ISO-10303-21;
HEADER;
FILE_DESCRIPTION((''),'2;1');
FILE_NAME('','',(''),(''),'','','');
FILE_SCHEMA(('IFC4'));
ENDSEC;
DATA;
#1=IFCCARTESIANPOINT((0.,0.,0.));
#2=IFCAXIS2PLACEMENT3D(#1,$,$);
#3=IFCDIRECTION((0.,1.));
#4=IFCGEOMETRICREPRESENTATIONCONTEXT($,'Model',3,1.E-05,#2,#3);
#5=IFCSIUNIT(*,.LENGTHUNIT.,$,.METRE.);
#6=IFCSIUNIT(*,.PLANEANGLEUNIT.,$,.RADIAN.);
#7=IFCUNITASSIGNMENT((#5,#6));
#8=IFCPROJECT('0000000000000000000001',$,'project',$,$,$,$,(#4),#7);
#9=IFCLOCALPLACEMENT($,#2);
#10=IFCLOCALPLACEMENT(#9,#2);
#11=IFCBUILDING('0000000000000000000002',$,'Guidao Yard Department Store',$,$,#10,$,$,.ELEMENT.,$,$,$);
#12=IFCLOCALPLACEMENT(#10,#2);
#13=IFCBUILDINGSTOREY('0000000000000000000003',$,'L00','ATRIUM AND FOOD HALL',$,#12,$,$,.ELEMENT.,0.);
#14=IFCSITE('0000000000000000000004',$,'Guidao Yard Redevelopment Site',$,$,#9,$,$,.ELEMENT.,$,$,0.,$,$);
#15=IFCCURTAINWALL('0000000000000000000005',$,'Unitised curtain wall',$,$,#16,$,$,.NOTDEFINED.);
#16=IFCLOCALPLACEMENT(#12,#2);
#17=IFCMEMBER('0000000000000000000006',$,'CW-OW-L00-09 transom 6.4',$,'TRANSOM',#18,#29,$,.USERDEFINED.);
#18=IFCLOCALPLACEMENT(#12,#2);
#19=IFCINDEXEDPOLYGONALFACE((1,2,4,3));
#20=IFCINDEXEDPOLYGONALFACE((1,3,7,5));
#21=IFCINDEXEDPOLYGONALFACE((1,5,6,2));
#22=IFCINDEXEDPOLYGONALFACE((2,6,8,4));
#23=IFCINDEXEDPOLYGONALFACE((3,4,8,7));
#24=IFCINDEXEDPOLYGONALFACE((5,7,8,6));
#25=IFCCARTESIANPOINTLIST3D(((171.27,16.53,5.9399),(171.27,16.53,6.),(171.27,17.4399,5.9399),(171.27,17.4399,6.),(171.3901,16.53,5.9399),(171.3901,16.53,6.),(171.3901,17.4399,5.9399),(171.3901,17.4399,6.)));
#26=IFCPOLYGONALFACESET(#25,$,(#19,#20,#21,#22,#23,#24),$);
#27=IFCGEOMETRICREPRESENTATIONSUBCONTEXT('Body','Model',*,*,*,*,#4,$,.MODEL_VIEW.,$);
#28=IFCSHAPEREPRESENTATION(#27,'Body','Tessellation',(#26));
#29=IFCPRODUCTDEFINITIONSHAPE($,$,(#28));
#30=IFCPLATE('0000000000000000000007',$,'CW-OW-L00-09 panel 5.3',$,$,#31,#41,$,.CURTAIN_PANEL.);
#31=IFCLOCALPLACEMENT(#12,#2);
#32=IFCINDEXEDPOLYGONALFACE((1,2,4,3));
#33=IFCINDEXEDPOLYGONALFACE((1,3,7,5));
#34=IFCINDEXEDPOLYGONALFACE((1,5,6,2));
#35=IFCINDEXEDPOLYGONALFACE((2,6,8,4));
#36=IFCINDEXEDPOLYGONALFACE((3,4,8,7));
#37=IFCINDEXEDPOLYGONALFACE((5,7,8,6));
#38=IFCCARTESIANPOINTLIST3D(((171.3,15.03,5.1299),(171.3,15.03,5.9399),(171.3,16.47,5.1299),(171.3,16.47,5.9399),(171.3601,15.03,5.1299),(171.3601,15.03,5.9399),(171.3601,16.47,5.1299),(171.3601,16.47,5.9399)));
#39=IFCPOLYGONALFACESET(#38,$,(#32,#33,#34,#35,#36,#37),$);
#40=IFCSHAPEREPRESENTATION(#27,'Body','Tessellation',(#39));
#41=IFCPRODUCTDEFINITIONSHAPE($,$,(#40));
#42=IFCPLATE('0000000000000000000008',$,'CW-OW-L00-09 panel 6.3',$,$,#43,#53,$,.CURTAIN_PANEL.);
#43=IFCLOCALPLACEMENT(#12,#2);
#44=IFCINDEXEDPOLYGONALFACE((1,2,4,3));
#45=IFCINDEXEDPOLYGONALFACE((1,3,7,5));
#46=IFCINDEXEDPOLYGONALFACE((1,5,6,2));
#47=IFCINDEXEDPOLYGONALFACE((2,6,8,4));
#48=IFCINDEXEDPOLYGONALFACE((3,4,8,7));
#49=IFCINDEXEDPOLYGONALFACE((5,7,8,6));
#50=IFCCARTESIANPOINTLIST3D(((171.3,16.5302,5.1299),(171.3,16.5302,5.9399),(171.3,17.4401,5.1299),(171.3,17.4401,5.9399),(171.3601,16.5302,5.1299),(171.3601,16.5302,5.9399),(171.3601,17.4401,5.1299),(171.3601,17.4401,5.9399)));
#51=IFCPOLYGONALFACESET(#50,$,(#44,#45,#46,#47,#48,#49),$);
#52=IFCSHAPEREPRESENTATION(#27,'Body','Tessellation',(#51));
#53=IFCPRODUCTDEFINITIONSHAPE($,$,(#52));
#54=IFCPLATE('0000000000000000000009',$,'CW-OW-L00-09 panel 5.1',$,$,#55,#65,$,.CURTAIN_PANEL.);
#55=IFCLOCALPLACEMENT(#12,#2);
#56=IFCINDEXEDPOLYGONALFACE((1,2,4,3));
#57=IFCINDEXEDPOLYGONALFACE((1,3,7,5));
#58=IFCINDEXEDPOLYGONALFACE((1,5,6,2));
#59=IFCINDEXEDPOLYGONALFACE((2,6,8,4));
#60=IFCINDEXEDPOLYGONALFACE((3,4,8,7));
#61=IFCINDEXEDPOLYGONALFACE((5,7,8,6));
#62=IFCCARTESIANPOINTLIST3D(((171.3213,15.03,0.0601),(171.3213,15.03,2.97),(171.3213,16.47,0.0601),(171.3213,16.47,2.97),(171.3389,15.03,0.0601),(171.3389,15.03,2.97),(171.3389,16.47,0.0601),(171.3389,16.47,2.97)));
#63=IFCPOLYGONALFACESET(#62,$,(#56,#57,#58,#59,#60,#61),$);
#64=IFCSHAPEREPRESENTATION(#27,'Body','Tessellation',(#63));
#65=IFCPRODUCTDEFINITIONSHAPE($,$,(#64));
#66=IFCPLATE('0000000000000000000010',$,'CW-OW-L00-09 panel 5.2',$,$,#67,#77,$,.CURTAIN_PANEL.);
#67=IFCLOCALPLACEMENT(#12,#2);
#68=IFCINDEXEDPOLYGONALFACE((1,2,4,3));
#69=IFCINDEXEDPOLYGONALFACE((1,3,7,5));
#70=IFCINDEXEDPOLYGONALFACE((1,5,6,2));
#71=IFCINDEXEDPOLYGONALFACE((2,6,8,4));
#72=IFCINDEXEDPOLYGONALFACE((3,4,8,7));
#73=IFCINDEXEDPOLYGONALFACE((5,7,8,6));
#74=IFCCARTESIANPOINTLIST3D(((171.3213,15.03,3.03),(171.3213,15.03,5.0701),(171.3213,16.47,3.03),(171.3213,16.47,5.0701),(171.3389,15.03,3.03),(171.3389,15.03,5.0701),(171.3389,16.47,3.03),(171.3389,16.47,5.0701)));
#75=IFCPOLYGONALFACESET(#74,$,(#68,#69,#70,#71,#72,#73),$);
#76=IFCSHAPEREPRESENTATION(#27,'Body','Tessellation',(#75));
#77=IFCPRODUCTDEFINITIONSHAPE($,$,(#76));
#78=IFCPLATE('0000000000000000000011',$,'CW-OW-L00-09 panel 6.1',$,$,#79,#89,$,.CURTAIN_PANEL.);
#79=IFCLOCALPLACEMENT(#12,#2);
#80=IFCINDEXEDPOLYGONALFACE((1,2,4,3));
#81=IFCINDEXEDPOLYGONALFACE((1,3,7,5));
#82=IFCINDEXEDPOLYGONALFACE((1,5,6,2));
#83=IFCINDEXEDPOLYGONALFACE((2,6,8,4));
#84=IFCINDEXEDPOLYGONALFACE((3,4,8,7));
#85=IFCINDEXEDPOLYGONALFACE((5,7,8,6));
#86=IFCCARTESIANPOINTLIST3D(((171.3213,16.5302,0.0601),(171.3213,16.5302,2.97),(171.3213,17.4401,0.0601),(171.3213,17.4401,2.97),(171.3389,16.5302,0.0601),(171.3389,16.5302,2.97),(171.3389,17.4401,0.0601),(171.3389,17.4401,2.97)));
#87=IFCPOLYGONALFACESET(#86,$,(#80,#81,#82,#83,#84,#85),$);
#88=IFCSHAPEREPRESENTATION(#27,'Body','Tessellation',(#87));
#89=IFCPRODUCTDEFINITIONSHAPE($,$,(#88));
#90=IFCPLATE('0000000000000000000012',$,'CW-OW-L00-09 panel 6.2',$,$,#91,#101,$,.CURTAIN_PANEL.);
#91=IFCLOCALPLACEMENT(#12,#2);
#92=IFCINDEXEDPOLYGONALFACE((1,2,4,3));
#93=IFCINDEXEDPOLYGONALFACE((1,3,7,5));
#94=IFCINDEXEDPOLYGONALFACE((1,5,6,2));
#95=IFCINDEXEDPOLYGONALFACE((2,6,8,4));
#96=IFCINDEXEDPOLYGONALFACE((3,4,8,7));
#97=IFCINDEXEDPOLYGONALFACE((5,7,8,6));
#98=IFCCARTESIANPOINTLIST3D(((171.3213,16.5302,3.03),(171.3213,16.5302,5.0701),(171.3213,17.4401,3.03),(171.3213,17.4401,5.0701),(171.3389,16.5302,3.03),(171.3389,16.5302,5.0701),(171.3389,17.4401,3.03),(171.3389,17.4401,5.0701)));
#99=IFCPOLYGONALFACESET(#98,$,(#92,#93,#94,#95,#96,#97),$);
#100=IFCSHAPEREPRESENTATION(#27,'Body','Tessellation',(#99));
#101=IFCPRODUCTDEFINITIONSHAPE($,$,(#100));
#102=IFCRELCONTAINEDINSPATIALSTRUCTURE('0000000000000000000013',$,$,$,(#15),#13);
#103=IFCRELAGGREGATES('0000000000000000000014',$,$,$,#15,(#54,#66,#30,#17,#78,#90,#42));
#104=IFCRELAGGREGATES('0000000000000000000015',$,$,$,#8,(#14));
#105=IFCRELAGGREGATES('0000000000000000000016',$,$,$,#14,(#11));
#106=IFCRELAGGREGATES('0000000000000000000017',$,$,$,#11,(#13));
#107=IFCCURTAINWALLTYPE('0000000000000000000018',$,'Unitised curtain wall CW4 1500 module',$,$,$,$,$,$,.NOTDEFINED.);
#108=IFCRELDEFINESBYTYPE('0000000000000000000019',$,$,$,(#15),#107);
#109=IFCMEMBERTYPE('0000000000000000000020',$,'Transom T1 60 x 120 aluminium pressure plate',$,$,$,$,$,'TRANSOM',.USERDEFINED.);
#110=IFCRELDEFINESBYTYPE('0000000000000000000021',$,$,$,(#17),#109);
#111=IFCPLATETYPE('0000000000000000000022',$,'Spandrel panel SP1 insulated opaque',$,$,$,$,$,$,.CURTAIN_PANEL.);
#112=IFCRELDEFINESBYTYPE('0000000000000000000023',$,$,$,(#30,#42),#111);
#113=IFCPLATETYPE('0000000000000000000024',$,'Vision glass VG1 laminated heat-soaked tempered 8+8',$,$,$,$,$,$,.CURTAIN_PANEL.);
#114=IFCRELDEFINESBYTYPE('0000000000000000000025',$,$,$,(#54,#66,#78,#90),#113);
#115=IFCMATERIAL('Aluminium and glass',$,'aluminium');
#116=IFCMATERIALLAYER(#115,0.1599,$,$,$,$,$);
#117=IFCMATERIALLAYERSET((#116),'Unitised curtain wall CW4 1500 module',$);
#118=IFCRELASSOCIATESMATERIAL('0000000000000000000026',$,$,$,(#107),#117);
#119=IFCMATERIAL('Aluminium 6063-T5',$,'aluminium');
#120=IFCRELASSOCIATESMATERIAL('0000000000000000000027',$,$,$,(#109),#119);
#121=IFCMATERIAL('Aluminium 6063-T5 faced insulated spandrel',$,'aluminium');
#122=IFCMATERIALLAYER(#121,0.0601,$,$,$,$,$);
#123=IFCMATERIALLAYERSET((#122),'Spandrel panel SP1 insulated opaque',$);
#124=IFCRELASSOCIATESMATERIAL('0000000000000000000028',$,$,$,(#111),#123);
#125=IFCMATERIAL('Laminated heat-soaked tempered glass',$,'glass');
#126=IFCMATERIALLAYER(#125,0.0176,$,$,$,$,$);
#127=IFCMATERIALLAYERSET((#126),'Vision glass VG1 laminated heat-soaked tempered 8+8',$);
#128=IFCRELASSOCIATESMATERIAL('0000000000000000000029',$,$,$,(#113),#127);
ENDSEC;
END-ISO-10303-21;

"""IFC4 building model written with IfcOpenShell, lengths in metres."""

from ifc_helpers import new_model, si_unit, direction, frame, origin, origin_2d, place, context, subcontext, project, spatial, rectangle, extrude, material, layer, layer_set, material_profile, profile_set, type_object, element, aggregate, save


model = new_model("IFC4")

# Units and contexts
model_context = context("Model", 3, precision=1e-05, world=origin(), true_north=direction((0.0, 1.0)))
body_context = subcontext(model_context, "Body", "Model", "MODEL_VIEW")
ifc_project = project(units=[si_unit("LENGTHUNIT", "METRE"), si_unit("PLANEANGLEUNIT", "RADIAN")], contexts=[model_context])

# Site, building, storey
site_placement = place(None, origin())
site = spatial("IfcSite", under=ifc_project, at=site_placement, Name="Guidao Yard Redevelopment Site", CompositionType="ELEMENT", RefElevation=0.0)
building_placement = place(site_placement, origin())
building = spatial("IfcBuilding", under=site, at=building_placement, Name="Guidao Yard Department Store", CompositionType="ELEMENT")
storey_placement = place(building_placement, origin())
storey = spatial("IfcBuildingStorey", under=building, at=storey_placement, Name="L00", Description="ATRIUM AND FOOD HALL", CompositionType="ELEMENT", Elevation=0.0)

# Curtain wall, member, plates
ifc_material_1 = material(Name="Aluminium and glass", Category="aluminium")
ifc_layer_1 = layer(ifc_material_1, 0.1599)
ifc_layer_set_1 = layer_set([ifc_layer_1], Name="Unitised curtain wall CW4 1500 module")
curtain_wall_type = type_object("IfcCurtainWallType", Name="Unitised curtain wall CW4 1500 module", PredefinedType="NOTDEFINED", material=ifc_layer_set_1)
curtain_wall_placement = place(storey_placement, origin())
curtain_wall = element("IfcCurtainWall", 1, at=curtain_wall_placement, inside=storey, type_object=curtain_wall_type, Name="Unitised curtain wall", PredefinedType="NOTDEFINED")
ifc_material_2 = material(Name="Aluminium 6063-T5", Category="aluminium")
ifc_material_profile_1 = material_profile(ifc_material_2, rectangle(XDim=0.1201, YDim=0.0601, at=origin_2d()), Name="Transom T1 60 x 120 aluminium pressure plate")
ifc_profile_set_1 = profile_set([ifc_material_profile_1], Name="Aluminium 6063-T5")
member_type_1 = type_object("IfcMemberType", Name="Transom T1 60 x 120 aluminium pressure plate", ElementType="TRANSOM", PredefinedType="USERDEFINED", material=ifc_profile_set_1)
member_1_placement = place(storey_placement, frame((171.3301, 17.4399, 5.97), z_axis=(0.0, -1.0, 0.0), x_axis=(1.0, 0.0, 0.0)))
member_1 = element("IfcMember", 2, at=member_1_placement, type_object=member_type_1, Name="CW-OW-L00-09 transom 6.4", ObjectType="TRANSOM", PredefinedType="USERDEFINED", context=body_context, shape_type="SweptSolid", body=[
    extrude(rectangle(XDim=0.1201, YDim=0.0601, at=origin_2d()), origin(), (0.0, 0.0, 1.0), 0.9099),
])
ifc_material_3 = material(Name="Aluminium 6063-T5 faced insulated spandrel", Category="aluminium")
ifc_layer_2 = layer(ifc_material_3, 0.0601)
ifc_layer_set_2 = layer_set([ifc_layer_2], Name="Spandrel panel SP1 insulated opaque")
plate_type_1 = type_object("IfcPlateType", Name="Spandrel panel SP1 insulated opaque", PredefinedType="CURTAIN_PANEL", material=ifc_layer_set_2)
plate_1_placement = place(storey_placement, frame((171.3301, 15.75, 5.1299), z_axis=(0.0, 0.0, 1.0), x_axis=(0.0, -1.0, 0.0)))
plate_1 = element("IfcPlate", 3, at=plate_1_placement, type_object=plate_type_1, Name="CW-OW-L00-09 panel 5.3", PredefinedType="CURTAIN_PANEL", context=body_context, shape_type="SweptSolid", body=[
    extrude(rectangle(XDim=1.4399, YDim=0.0601, at=origin_2d()), origin(), (0.0, 0.0, 1.0), 0.8101),
])
plate_2_placement = place(storey_placement, frame((171.3301, 16.9851, 5.1299), z_axis=(0.0, 0.0, 1.0), x_axis=(0.0, -1.0, 0.0)))
plate_2 = element("IfcPlate", 4, at=plate_2_placement, type_object=plate_type_1, Name="CW-OW-L00-09 panel 6.3", PredefinedType="CURTAIN_PANEL", context=body_context, shape_type="SweptSolid", body=[
    extrude(rectangle(XDim=0.9099, YDim=0.0601, at=origin_2d()), origin(), (0.0, 0.0, 1.0), 0.8101),
])
ifc_material_4 = material(Name="Laminated heat-soaked tempered glass", Category="glass")
ifc_layer_3 = layer(ifc_material_4, 0.0176)
ifc_layer_set_3 = layer_set([ifc_layer_3], Name="Vision glass VG1 laminated heat-soaked tempered 8+8")
plate_type_2 = type_object("IfcPlateType", Name="Vision glass VG1 laminated heat-soaked tempered 8+8", PredefinedType="CURTAIN_PANEL", material=ifc_layer_set_3)
plate_3_placement = place(storey_placement, frame((171.3301, 15.75, 0.0601), z_axis=(0.0, 0.0, 1.0), x_axis=(0.0, -1.0, 0.0)))
plate_3 = element("IfcPlate", 5, at=plate_3_placement, type_object=plate_type_2, Name="CW-OW-L00-09 panel 5.1", PredefinedType="CURTAIN_PANEL", context=body_context, shape_type="SweptSolid", body=[
    extrude(rectangle(XDim=1.4399, YDim=0.0176, at=origin_2d()), origin(), (0.0, 0.0, 1.0), 2.9099),
])
plate_4_placement = place(storey_placement, frame((171.3301, 15.75, 3.03), z_axis=(0.0, 0.0, 1.0), x_axis=(0.0, -1.0, 0.0)))
plate_4 = element("IfcPlate", 6, at=plate_4_placement, type_object=plate_type_2, Name="CW-OW-L00-09 panel 5.2", PredefinedType="CURTAIN_PANEL", context=body_context, shape_type="SweptSolid", body=[
    extrude(rectangle(XDim=1.4399, YDim=0.0176, at=origin_2d()), origin(), (0.0, 0.0, 1.0), 2.04),
])
plate_5_placement = place(storey_placement, frame((171.3301, 16.9851, 0.0601), z_axis=(0.0, 0.0, 1.0), x_axis=(0.0, -1.0, 0.0)))
plate_5 = element("IfcPlate", 7, at=plate_5_placement, type_object=plate_type_2, Name="CW-OW-L00-09 panel 6.1", PredefinedType="CURTAIN_PANEL", context=body_context, shape_type="SweptSolid", body=[
    extrude(rectangle(XDim=0.9099, YDim=0.0176, at=origin_2d()), origin(), (0.0, 0.0, 1.0), 2.9099),
])
plate_6_placement = place(storey_placement, frame((171.3301, 16.9851, 3.03), z_axis=(0.0, 0.0, 1.0), x_axis=(0.0, -1.0, 0.0)))
plate_6 = element("IfcPlate", 8, at=plate_6_placement, type_object=plate_type_2, Name="CW-OW-L00-09 panel 6.2", PredefinedType="CURTAIN_PANEL", context=body_context, shape_type="SweptSolid", body=[
    extrude(rectangle(XDim=0.9099, YDim=0.0176, at=origin_2d()), origin(), (0.0, 0.0, 1.0), 2.04),
])
aggregate(curtain_wall, [plate_3, plate_4, plate_1, member_1, plate_5, plate_6, plate_2])

save(model, "model.ifc")
